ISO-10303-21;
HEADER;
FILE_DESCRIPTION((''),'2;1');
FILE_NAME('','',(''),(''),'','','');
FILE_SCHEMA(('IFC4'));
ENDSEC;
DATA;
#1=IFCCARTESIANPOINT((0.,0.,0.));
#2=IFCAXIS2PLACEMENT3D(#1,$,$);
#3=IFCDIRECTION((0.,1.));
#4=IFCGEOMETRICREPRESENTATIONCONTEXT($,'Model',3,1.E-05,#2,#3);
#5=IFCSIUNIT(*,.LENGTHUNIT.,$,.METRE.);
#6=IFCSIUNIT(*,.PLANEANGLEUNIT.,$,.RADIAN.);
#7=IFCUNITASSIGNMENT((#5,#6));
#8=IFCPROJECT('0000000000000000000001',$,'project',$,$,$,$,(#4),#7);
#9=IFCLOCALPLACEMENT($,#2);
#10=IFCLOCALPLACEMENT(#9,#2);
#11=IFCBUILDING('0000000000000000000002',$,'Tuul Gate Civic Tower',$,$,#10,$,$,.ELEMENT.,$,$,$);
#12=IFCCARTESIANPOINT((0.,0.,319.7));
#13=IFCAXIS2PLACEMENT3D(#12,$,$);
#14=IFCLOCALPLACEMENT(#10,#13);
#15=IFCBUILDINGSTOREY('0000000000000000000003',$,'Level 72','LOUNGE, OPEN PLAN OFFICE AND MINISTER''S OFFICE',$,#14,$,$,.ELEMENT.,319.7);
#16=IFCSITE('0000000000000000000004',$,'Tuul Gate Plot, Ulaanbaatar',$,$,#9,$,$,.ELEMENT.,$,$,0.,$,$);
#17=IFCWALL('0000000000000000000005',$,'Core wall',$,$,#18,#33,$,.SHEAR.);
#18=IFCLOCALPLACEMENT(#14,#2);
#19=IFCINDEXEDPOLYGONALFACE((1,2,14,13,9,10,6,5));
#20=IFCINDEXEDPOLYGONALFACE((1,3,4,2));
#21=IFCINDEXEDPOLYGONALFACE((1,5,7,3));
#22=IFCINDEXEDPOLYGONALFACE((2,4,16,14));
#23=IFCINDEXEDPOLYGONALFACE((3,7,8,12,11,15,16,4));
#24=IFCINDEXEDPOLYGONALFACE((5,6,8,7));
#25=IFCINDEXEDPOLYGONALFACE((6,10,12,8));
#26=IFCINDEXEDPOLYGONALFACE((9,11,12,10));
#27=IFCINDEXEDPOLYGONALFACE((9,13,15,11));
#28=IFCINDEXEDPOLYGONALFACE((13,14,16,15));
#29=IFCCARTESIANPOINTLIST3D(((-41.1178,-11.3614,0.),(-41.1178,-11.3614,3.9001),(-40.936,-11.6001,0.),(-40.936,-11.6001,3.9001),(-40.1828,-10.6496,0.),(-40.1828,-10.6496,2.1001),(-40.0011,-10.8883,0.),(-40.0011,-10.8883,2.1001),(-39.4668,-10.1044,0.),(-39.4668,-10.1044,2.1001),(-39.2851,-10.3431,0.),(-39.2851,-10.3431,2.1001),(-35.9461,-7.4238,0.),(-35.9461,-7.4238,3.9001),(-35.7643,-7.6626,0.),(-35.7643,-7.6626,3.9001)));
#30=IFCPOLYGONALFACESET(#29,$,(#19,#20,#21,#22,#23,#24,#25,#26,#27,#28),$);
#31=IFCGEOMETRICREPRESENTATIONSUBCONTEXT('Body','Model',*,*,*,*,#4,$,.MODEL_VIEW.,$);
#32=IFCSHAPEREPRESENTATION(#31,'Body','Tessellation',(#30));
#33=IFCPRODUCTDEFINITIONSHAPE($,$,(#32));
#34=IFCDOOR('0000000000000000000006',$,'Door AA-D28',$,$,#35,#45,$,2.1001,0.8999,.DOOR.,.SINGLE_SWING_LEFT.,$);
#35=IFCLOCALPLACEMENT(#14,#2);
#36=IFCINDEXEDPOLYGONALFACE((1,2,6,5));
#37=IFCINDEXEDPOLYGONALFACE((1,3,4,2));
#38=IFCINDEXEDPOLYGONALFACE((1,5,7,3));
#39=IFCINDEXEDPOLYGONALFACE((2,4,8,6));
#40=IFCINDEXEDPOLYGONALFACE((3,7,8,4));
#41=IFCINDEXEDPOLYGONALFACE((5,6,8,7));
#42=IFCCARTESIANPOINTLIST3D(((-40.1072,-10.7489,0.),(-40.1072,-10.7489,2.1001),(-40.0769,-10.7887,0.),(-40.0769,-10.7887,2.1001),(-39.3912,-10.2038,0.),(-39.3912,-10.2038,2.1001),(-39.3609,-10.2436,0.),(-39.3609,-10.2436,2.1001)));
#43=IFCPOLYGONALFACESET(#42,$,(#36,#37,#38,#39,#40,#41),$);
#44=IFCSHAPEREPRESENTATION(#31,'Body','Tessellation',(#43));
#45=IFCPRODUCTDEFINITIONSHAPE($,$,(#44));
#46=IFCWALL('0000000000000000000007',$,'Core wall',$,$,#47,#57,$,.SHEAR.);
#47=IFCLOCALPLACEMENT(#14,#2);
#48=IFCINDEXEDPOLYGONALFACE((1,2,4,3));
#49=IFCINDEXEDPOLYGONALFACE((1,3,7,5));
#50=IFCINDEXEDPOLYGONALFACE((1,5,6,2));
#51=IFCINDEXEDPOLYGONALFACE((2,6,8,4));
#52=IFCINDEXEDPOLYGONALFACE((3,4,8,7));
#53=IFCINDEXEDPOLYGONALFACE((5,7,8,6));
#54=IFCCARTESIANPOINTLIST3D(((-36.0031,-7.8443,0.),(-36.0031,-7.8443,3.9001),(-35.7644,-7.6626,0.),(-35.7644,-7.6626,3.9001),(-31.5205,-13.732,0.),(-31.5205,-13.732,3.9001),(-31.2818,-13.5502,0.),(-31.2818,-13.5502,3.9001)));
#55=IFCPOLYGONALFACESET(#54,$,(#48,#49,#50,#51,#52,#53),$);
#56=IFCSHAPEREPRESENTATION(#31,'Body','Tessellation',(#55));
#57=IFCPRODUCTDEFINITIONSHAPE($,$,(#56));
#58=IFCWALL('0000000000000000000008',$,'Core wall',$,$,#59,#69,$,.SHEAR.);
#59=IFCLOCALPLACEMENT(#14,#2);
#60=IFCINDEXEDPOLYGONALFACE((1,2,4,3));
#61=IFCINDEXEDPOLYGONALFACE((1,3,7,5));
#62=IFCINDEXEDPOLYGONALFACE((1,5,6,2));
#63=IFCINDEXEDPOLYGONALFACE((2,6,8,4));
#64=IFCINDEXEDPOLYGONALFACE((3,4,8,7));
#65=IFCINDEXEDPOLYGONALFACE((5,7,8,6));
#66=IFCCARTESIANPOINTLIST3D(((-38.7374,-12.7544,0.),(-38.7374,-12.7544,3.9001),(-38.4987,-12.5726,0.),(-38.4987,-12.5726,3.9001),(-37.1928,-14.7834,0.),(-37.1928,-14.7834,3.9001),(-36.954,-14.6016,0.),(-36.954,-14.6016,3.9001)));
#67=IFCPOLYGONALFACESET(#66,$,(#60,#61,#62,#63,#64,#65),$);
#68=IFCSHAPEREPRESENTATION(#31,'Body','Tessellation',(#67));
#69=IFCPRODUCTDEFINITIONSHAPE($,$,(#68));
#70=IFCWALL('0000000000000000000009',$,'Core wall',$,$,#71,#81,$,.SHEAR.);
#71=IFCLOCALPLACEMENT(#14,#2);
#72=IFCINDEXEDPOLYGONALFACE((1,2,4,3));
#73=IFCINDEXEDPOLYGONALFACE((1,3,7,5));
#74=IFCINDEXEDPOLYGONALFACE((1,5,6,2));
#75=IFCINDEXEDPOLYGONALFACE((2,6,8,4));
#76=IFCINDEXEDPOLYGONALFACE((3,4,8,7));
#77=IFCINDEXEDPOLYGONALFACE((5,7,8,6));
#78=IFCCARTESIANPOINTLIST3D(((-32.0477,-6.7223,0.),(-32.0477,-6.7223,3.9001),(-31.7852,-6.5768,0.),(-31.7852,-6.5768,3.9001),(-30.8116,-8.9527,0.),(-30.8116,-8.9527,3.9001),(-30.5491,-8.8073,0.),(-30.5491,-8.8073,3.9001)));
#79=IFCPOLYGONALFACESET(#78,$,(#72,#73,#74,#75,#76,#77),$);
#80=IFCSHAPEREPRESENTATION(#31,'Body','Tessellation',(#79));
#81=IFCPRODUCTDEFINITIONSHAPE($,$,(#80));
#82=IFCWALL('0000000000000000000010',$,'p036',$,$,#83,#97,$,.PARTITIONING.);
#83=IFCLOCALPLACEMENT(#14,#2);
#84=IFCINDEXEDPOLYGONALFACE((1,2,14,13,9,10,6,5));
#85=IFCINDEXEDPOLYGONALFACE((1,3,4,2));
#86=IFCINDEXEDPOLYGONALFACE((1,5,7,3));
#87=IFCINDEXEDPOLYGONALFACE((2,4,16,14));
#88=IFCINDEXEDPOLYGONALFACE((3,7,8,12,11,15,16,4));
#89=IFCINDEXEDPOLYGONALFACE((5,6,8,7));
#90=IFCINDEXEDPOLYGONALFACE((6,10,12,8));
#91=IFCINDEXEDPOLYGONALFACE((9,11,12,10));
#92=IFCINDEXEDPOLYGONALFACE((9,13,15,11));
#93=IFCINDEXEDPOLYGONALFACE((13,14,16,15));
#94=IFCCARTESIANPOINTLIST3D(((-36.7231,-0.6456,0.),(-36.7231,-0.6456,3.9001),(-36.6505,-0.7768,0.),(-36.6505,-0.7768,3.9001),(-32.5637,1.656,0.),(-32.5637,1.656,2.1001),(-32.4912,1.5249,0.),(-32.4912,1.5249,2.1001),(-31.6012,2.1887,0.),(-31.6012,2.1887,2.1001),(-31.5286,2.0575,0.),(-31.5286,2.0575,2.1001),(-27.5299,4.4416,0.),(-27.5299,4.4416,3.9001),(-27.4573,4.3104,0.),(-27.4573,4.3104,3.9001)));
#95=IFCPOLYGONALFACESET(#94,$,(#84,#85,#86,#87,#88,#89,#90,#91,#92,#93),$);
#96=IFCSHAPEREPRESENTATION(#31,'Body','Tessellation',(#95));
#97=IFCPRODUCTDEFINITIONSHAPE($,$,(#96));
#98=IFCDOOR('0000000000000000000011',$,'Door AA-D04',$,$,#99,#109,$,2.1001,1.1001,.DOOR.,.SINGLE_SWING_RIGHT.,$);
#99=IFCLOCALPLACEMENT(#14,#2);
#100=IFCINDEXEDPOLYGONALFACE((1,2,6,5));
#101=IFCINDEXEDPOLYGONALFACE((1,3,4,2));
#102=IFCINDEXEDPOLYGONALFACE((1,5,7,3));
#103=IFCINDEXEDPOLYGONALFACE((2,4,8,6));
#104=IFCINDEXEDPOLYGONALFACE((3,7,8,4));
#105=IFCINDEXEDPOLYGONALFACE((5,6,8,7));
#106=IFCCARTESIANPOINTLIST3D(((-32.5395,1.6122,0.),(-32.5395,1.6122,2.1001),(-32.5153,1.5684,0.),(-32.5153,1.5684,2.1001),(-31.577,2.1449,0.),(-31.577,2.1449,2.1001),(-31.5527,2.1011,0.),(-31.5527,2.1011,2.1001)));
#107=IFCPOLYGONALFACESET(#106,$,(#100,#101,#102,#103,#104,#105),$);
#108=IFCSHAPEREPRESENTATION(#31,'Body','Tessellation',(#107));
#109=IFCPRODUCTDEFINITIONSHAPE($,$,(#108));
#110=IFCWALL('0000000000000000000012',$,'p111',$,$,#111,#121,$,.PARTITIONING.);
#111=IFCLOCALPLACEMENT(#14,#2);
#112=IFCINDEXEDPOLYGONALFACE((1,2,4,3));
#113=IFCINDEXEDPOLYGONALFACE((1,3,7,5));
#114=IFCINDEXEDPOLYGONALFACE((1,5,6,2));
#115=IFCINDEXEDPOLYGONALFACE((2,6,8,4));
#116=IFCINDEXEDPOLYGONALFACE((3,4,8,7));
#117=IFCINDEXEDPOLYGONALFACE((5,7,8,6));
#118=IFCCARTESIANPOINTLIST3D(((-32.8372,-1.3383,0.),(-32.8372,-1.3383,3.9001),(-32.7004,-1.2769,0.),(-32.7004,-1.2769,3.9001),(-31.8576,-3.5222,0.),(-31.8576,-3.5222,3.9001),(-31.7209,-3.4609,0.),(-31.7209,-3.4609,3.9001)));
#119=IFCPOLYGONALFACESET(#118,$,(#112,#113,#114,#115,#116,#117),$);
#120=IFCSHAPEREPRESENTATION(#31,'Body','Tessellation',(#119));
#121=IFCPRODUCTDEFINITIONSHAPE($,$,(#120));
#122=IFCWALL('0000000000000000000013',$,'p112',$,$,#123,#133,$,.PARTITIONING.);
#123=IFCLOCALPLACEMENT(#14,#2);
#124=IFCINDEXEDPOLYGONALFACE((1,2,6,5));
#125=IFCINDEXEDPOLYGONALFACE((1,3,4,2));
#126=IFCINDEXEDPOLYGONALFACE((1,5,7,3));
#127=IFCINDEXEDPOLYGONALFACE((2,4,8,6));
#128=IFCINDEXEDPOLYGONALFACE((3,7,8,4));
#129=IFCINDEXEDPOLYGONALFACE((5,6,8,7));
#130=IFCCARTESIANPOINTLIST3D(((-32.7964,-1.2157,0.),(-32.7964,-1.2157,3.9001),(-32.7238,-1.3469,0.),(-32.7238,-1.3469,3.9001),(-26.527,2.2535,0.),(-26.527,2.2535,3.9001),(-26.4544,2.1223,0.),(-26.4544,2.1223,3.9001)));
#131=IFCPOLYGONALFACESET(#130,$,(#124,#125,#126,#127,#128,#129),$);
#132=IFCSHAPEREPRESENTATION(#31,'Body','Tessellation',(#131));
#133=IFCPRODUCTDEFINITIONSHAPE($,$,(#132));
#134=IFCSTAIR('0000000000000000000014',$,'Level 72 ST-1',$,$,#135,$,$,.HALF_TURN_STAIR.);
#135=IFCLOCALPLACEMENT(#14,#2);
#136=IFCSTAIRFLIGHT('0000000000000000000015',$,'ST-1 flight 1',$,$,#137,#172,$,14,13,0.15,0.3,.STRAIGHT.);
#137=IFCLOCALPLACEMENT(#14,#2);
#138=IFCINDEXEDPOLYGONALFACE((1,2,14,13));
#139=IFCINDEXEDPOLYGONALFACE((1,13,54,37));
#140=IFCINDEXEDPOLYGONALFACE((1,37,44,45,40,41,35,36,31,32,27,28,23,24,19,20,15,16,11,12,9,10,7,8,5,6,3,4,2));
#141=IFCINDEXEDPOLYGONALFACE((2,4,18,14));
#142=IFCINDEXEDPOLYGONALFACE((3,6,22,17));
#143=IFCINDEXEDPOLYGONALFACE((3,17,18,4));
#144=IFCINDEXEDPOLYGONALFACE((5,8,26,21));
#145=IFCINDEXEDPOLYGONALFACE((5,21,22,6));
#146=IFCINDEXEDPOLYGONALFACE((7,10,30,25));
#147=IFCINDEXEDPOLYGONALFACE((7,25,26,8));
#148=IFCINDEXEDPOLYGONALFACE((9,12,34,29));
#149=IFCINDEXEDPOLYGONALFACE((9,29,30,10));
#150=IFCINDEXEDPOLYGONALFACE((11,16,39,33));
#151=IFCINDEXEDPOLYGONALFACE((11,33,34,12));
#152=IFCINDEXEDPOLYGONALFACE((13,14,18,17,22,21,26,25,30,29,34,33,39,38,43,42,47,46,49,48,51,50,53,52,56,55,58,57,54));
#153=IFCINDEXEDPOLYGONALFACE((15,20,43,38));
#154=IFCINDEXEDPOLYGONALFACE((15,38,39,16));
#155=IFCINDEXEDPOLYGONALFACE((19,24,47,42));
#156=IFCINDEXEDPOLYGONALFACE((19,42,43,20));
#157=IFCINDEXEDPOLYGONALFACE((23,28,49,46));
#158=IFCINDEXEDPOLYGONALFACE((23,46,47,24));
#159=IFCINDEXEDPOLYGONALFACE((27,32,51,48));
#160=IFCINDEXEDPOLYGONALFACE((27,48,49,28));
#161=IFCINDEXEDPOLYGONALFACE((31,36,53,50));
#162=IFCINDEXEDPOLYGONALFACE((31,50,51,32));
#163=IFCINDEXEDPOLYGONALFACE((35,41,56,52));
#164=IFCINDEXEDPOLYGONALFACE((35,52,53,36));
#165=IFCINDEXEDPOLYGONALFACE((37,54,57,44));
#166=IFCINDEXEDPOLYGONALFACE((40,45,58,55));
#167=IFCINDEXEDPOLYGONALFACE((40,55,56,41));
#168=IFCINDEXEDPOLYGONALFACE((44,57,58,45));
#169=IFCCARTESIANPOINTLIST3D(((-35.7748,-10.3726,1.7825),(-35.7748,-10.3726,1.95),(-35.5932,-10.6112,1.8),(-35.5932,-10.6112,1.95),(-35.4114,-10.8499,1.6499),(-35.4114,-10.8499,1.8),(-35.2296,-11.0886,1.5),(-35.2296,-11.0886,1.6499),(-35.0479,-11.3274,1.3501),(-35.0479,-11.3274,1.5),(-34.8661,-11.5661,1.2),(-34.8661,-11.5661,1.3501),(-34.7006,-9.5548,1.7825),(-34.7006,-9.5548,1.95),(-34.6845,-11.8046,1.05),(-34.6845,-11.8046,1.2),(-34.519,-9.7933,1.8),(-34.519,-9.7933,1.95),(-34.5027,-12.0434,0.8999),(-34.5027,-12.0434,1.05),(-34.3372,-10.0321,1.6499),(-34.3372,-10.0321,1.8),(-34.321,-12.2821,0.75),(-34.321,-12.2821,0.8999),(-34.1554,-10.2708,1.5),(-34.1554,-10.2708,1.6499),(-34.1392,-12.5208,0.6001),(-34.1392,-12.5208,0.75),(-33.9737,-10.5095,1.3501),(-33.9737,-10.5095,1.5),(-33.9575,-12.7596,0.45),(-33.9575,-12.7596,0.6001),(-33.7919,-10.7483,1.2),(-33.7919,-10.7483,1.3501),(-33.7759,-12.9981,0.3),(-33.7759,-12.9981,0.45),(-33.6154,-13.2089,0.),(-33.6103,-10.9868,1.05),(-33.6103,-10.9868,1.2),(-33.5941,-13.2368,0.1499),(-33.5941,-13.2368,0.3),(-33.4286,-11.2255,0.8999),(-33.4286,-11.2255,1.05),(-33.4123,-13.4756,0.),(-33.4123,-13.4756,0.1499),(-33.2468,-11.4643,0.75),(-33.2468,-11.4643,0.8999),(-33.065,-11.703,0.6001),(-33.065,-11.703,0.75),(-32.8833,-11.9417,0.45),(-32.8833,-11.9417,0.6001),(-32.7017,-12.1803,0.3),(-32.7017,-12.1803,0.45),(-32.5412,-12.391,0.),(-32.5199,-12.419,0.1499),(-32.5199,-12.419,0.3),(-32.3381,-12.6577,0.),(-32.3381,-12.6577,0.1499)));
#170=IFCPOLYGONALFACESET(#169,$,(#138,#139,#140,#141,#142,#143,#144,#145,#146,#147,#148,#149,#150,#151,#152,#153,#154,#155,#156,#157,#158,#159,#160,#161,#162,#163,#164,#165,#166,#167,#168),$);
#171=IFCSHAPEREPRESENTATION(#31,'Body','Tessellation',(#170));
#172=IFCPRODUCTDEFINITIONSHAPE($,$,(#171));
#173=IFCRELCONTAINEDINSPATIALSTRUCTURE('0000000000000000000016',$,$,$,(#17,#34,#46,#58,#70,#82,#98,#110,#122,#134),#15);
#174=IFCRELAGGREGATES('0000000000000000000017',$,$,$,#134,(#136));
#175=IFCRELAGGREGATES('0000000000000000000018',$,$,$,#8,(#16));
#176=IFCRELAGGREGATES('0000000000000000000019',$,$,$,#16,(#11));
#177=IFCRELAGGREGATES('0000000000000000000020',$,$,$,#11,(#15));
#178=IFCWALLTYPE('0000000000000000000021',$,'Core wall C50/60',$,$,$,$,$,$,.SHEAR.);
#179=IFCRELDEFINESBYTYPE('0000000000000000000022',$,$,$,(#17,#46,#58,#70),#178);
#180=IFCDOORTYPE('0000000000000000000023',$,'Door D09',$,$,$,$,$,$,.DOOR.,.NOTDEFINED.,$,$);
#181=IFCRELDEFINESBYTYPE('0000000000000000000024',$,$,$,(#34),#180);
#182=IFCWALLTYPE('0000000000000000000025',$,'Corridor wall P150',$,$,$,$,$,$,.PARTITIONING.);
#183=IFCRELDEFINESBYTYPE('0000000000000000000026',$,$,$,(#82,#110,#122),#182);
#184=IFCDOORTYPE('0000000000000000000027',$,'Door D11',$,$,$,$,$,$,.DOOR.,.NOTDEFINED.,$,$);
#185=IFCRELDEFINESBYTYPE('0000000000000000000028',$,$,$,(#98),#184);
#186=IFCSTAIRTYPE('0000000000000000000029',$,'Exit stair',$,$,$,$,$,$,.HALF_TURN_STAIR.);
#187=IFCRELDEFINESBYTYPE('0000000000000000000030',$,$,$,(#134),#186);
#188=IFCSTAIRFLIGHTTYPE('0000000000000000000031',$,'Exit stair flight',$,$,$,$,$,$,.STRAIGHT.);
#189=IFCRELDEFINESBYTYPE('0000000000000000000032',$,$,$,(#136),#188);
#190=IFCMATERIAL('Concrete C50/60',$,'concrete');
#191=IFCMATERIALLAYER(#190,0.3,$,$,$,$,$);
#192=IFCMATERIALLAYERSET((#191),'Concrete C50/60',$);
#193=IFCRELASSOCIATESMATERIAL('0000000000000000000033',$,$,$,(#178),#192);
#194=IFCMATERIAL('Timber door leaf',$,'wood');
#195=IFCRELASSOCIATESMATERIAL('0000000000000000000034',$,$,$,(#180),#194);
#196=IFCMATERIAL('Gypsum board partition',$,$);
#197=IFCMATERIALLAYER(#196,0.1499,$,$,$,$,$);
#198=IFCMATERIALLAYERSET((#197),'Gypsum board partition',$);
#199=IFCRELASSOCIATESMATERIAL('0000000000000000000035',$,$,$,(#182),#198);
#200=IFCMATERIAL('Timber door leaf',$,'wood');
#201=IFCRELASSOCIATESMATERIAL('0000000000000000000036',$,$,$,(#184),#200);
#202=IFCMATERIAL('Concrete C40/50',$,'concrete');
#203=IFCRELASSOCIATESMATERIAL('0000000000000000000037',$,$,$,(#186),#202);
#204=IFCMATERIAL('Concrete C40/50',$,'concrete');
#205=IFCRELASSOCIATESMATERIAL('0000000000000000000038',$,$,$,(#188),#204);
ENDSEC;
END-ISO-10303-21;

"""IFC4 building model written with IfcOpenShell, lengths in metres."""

from ifc_helpers import new_model, si_unit, direction, frame, frame_2d, origin, place, context, subcontext, project, spatial, polyline, rectangle, outline, extrude, material, layer, layer_set, type_object, element, fill, aggregate, save


model = new_model("IFC4")

# Units and contexts
model_context = context("Model", 3, precision=1e-05, world=origin(), true_north=direction((0.0, 1.0)))
body_context = subcontext(model_context, "Body", "Model", "MODEL_VIEW")
ifc_project = project(units=[si_unit("LENGTHUNIT", "METRE"), si_unit("PLANEANGLEUNIT", "RADIAN")], contexts=[model_context])

# Site, building, storey
site_placement = place(None, origin())
site = spatial("IfcSite", under=ifc_project, at=site_placement, Name="Tuul Gate Plot, Ulaanbaatar", CompositionType="ELEMENT", RefElevation=0.0)
building_placement = place(site_placement, origin())
building = spatial("IfcBuilding", under=site, at=building_placement, Name="Tuul Gate Civic Tower", CompositionType="ELEMENT")
storey_placement = place(building_placement, frame((0.0, 0.0, 319.7)))
storey = spatial("IfcBuildingStorey", under=building, at=storey_placement, Name="Level 72", Description="LOUNGE, OPEN PLAN OFFICE AND MINISTER'S OFFICE", CompositionType="ELEMENT", Elevation=319.7)

# Shared definitions
ifc_material_1 = material(Name="Concrete C50/60", Category="concrete")
ifc_layer_1 = layer(ifc_material_1, 0.3)
ifc_layer_set_1 = layer_set([ifc_layer_1], Name="Concrete C50/60")
wall_type_1 = type_object("IfcWallType", Name="Core wall C50/60", PredefinedType="SHEAR", material=ifc_layer_set_1)

# Wall, opening, door
wall_1_placement = place(storey_placement, frame((-35.8552, -7.5432, 0.0), z_axis=(0.0, 0.0, 1.0), x_axis=(-0.795639, -0.605772, 0.0)))
wall_1 = element("IfcWall", 1, at=wall_1_placement, inside=storey, type_object=wall_type_1, Name="Core wall", PredefinedType="SHEAR", context=body_context, shape_type="SweptSolid", body=[
    extrude(rectangle(XDim=6.5, YDim=0.3, at=frame_2d((3.25, 0.0))), origin(), (0.0, 0.0, 1.0), 3.9001),
])
opening_1_placement = place(wall_1_placement, frame((4.425, 0.0, 0.0)))
opening_1 = element("IfcOpeningElement", 2, at=opening_1_placement, cuts=wall_1, PredefinedType="OPENING", context=body_context, shape_type="SweptSolid", body=[
    extrude(rectangle(XDim=0.8999, YDim=2.1001, at=frame_2d((0.45, 1.05))), frame((0.0, 0.1602, 0.0), z_axis=(0.0, -1.0, 0.0), x_axis=(1.0, 0.0, 0.0)), (0.0, 0.0, 1.0), 0.3201),
])
ifc_material_2 = material(Name="Timber door leaf", Category="wood")
door_type_1 = type_object("IfcDoorType", Name="Door D09", OperationType="NOTDEFINED", PredefinedType="DOOR", material=ifc_material_2)
door_1_placement = place(opening_1_placement, origin())
door_1 = element("IfcDoor", 3, at=door_1_placement, inside=storey, type_object=door_type_1, Name="Door AA-D28", OperationType="SINGLE_SWING_LEFT", OverallHeight=2.1001, OverallWidth=0.8999, PredefinedType="DOOR", context=body_context, shape_type="SweptSolid", body=[
    extrude(rectangle(XDim=0.8999, YDim=2.1001, at=frame_2d((0.45, 1.05))), frame((0.0, 0.0249, 0.0), z_axis=(0.0, -1.0, 0.0), x_axis=(1.0, 0.0, 0.0)), (0.0, 0.0, 1.0), 0.05),
])
fill(opening_1, door_1)

# Walls
wall_2_placement = place(storey_placement, frame((-31.4011, -13.6411, 0.0), z_axis=(0.0, 0.0, 1.0), x_axis=(-0.60577, 0.79564, 0.0)))
element("IfcWall", 4, at=wall_2_placement, inside=storey, type_object=wall_type_1, Name="Core wall", PredefinedType="SHEAR", context=body_context, shape_type="SweptSolid", body=[
    extrude(rectangle(XDim=7.3999, YDim=0.3, at=frame_2d((3.7, 0.0))), origin(), (0.0, 0.0, 1.0), 3.9001),
])
for number, where, z_axis, x_axis, name in (
    (5, (-37.0735, -14.6924, 0.0), (0.0, 0.0, 1.0), (-0.605729, 0.795671, 0.0), "Core wall"),
    (6, (-30.6804, -8.8799, 0.0), (0.0, 0.0, 1.0), (-0.484724, 0.874667, 0.0), "Core wall"),
):
    element("IfcWall", number, at=place(storey_placement, frame(where, z_axis=z_axis, x_axis=x_axis)), inside=storey, type_object=wall_type_1, Name=name, PredefinedType="SHEAR", context=body_context, shape_type="SweptSolid", body=[
        extrude(rectangle(XDim=2.55, YDim=0.3, at=frame_2d((1.2749, 0.0))), origin(), (0.0, 0.0, 1.0), 3.9001),
    ])

# Wall, opening, door
ifc_material_3 = material(Name="Gypsum board partition")
ifc_layer_2 = layer(ifc_material_3, 0.1499)
ifc_layer_set_2 = layer_set([ifc_layer_2], Name="Gypsum board partition")
wall_type_2 = type_object("IfcWallType", Name="Corridor wall P150", PredefinedType="PARTITIONING", material=ifc_layer_set_2)
wall_3_placement = place(storey_placement, frame((-36.6868, -0.7112, 0.0), z_axis=(0.0, 0.0, 1.0), x_axis=(0.874969, 0.484178, 0.0)))
wall_3 = element("IfcWall", 7, at=wall_3_placement, inside=storey, type_object=wall_type_2, Name="p036", PredefinedType="PARTITIONING", context=body_context, shape_type="SweptSolid", body=[
    extrude(rectangle(XDim=10.5068, YDim=0.1499, at=frame_2d((5.2534, 0.0))), origin(), (0.0, 0.0, 1.0), 3.9001),
])
opening_2_placement = place(wall_3_placement, frame((4.7537, 0.0, 0.0)))
opening_2 = element("IfcOpeningElement", 8, at=opening_2_placement, cuts=wall_3, PredefinedType="OPENING", context=body_context, shape_type="SweptSolid", body=[
    extrude(rectangle(XDim=1.1001, YDim=2.1001, at=frame_2d((0.55, 1.05))), frame((0.0, 0.085, 0.0), z_axis=(0.0, -1.0, 0.0), x_axis=(1.0, 0.0, 0.0)), (0.0, 0.0, 1.0), 0.1699),
])
ifc_material_4 = material(Name="Timber door leaf", Category="wood")
door_type_2 = type_object("IfcDoorType", Name="Door D11", OperationType="NOTDEFINED", PredefinedType="DOOR", material=ifc_material_4)
door_2_placement = place(opening_2_placement, origin())
door_2 = element("IfcDoor", 9, at=door_2_placement, inside=storey, type_object=door_type_2, Name="Door AA-D04", OperationType="SINGLE_SWING_RIGHT", OverallHeight=2.1001, OverallWidth=1.1001, PredefinedType="DOOR", context=body_context, shape_type="SweptSolid", body=[
    extrude(rectangle(XDim=1.1001, YDim=2.1001, at=frame_2d((0.55, 1.05))), frame((0.0, 0.0249, 0.0), z_axis=(0.0, -1.0, 0.0), x_axis=(1.0, 0.0, 0.0)), (0.0, 0.0, 1.0), 0.05),
])
fill(opening_2, door_2)

# Walls
wall_4_placement = place(storey_placement, frame((-32.7688, -1.3076, 0.0), z_axis=(0.0, 0.0, 1.0), x_axis=(0.40924, -0.912427, 0.0)))
element("IfcWall", 10, at=wall_4_placement, inside=storey, type_object=wall_type_2, Name="p111", PredefinedType="PARTITIONING", context=body_context, shape_type="SweptSolid", body=[
    extrude(rectangle(XDim=2.3936, YDim=0.1499, at=frame_2d((1.1968, 0.0))), origin(), (0.0, 0.0, 1.0), 3.9001),
])
wall_5_placement = place(storey_placement, frame((-32.76, -1.2812, 0.0), z_axis=(0.0, 0.0, 1.0), x_axis=(0.874976, 0.484167, 0.0)))
element("IfcWall", 11, at=wall_5_placement, inside=storey, type_object=wall_type_2, Name="p112", PredefinedType="PARTITIONING", context=body_context, shape_type="SweptSolid", body=[
    extrude(rectangle(XDim=7.1653, YDim=0.1499, at=frame_2d((3.5825, 0.0))), origin(), (0.0, 0.0, 1.0), 3.9001),
])

# Stair, stair flight
ifc_material_5 = material(Name="Concrete C40/50", Category="concrete")
stair_type = type_object("IfcStairType", Name="Exit stair", PredefinedType="HALF_TURN_STAIR", material=ifc_material_5)
stair_placement = place(storey_placement, origin())
stair = element("IfcStair", 12, at=stair_placement, inside=storey, type_object=stair_type, Name="Level 72 ST-1", PredefinedType="HALF_TURN_STAIR")
ifc_material_6 = material(Name="Concrete C40/50", Category="concrete")
stair_flight_type = type_object("IfcStairFlightType", Name="Exit stair flight", PredefinedType="STRAIGHT", material=ifc_material_6)
stair_flight_1_placement = place(storey_placement, frame((-32.8752, -13.0667, 0.0), z_axis=(0.0, 0.0, 1.0), x_axis=(-0.605764, 0.795644, 0.0)))
stair_flight_1 = element("IfcStairFlight", 13, at=stair_flight_1_placement, type_object=stair_flight_type, Name="ST-1 flight 1", NumberOfRisers=14, NumberOfTreads=13, PredefinedType="STRAIGHT", RiserHeight=0.15, TreadLength=0.3, context=body_context, shape_type="SweptSolid", body=[
    extrude(outline(polyline([(0.0, 0.0), (0.0, 0.1499), (0.3, 0.1499), (0.3, 0.3), (0.6001, 0.3), (0.6001, 0.45), (0.8999, 0.45), (0.8999, 0.6001), (1.2, 0.6001), (1.2, 0.75), (1.5, 0.75), (1.5, 0.8999), (1.8, 0.8999), (1.8, 1.05), (2.1001, 1.05), (2.1001, 1.2), (2.3999, 1.2), (2.3999, 1.3501), (2.7, 1.3501), (2.7, 1.5), (3.0, 1.5), (3.0, 1.6499), (3.3, 1.6499), (3.3, 1.8), (3.6001, 1.8), (3.6001, 1.95), (3.8999, 1.95), (3.8999, 2.1001), (3.8999, 1.7825), (0.3352, 0.0), (0.0, 0.0)])), frame((0.0, 0.675, 0.0), z_axis=(0.0, -1.0, 0.0), x_axis=(1.0, 0.0, 0.0)), (0.0, 0.0, 1.0), 1.3501),
])
aggregate(stair, [stair_flight_1])

save(model, "model.ifc")
